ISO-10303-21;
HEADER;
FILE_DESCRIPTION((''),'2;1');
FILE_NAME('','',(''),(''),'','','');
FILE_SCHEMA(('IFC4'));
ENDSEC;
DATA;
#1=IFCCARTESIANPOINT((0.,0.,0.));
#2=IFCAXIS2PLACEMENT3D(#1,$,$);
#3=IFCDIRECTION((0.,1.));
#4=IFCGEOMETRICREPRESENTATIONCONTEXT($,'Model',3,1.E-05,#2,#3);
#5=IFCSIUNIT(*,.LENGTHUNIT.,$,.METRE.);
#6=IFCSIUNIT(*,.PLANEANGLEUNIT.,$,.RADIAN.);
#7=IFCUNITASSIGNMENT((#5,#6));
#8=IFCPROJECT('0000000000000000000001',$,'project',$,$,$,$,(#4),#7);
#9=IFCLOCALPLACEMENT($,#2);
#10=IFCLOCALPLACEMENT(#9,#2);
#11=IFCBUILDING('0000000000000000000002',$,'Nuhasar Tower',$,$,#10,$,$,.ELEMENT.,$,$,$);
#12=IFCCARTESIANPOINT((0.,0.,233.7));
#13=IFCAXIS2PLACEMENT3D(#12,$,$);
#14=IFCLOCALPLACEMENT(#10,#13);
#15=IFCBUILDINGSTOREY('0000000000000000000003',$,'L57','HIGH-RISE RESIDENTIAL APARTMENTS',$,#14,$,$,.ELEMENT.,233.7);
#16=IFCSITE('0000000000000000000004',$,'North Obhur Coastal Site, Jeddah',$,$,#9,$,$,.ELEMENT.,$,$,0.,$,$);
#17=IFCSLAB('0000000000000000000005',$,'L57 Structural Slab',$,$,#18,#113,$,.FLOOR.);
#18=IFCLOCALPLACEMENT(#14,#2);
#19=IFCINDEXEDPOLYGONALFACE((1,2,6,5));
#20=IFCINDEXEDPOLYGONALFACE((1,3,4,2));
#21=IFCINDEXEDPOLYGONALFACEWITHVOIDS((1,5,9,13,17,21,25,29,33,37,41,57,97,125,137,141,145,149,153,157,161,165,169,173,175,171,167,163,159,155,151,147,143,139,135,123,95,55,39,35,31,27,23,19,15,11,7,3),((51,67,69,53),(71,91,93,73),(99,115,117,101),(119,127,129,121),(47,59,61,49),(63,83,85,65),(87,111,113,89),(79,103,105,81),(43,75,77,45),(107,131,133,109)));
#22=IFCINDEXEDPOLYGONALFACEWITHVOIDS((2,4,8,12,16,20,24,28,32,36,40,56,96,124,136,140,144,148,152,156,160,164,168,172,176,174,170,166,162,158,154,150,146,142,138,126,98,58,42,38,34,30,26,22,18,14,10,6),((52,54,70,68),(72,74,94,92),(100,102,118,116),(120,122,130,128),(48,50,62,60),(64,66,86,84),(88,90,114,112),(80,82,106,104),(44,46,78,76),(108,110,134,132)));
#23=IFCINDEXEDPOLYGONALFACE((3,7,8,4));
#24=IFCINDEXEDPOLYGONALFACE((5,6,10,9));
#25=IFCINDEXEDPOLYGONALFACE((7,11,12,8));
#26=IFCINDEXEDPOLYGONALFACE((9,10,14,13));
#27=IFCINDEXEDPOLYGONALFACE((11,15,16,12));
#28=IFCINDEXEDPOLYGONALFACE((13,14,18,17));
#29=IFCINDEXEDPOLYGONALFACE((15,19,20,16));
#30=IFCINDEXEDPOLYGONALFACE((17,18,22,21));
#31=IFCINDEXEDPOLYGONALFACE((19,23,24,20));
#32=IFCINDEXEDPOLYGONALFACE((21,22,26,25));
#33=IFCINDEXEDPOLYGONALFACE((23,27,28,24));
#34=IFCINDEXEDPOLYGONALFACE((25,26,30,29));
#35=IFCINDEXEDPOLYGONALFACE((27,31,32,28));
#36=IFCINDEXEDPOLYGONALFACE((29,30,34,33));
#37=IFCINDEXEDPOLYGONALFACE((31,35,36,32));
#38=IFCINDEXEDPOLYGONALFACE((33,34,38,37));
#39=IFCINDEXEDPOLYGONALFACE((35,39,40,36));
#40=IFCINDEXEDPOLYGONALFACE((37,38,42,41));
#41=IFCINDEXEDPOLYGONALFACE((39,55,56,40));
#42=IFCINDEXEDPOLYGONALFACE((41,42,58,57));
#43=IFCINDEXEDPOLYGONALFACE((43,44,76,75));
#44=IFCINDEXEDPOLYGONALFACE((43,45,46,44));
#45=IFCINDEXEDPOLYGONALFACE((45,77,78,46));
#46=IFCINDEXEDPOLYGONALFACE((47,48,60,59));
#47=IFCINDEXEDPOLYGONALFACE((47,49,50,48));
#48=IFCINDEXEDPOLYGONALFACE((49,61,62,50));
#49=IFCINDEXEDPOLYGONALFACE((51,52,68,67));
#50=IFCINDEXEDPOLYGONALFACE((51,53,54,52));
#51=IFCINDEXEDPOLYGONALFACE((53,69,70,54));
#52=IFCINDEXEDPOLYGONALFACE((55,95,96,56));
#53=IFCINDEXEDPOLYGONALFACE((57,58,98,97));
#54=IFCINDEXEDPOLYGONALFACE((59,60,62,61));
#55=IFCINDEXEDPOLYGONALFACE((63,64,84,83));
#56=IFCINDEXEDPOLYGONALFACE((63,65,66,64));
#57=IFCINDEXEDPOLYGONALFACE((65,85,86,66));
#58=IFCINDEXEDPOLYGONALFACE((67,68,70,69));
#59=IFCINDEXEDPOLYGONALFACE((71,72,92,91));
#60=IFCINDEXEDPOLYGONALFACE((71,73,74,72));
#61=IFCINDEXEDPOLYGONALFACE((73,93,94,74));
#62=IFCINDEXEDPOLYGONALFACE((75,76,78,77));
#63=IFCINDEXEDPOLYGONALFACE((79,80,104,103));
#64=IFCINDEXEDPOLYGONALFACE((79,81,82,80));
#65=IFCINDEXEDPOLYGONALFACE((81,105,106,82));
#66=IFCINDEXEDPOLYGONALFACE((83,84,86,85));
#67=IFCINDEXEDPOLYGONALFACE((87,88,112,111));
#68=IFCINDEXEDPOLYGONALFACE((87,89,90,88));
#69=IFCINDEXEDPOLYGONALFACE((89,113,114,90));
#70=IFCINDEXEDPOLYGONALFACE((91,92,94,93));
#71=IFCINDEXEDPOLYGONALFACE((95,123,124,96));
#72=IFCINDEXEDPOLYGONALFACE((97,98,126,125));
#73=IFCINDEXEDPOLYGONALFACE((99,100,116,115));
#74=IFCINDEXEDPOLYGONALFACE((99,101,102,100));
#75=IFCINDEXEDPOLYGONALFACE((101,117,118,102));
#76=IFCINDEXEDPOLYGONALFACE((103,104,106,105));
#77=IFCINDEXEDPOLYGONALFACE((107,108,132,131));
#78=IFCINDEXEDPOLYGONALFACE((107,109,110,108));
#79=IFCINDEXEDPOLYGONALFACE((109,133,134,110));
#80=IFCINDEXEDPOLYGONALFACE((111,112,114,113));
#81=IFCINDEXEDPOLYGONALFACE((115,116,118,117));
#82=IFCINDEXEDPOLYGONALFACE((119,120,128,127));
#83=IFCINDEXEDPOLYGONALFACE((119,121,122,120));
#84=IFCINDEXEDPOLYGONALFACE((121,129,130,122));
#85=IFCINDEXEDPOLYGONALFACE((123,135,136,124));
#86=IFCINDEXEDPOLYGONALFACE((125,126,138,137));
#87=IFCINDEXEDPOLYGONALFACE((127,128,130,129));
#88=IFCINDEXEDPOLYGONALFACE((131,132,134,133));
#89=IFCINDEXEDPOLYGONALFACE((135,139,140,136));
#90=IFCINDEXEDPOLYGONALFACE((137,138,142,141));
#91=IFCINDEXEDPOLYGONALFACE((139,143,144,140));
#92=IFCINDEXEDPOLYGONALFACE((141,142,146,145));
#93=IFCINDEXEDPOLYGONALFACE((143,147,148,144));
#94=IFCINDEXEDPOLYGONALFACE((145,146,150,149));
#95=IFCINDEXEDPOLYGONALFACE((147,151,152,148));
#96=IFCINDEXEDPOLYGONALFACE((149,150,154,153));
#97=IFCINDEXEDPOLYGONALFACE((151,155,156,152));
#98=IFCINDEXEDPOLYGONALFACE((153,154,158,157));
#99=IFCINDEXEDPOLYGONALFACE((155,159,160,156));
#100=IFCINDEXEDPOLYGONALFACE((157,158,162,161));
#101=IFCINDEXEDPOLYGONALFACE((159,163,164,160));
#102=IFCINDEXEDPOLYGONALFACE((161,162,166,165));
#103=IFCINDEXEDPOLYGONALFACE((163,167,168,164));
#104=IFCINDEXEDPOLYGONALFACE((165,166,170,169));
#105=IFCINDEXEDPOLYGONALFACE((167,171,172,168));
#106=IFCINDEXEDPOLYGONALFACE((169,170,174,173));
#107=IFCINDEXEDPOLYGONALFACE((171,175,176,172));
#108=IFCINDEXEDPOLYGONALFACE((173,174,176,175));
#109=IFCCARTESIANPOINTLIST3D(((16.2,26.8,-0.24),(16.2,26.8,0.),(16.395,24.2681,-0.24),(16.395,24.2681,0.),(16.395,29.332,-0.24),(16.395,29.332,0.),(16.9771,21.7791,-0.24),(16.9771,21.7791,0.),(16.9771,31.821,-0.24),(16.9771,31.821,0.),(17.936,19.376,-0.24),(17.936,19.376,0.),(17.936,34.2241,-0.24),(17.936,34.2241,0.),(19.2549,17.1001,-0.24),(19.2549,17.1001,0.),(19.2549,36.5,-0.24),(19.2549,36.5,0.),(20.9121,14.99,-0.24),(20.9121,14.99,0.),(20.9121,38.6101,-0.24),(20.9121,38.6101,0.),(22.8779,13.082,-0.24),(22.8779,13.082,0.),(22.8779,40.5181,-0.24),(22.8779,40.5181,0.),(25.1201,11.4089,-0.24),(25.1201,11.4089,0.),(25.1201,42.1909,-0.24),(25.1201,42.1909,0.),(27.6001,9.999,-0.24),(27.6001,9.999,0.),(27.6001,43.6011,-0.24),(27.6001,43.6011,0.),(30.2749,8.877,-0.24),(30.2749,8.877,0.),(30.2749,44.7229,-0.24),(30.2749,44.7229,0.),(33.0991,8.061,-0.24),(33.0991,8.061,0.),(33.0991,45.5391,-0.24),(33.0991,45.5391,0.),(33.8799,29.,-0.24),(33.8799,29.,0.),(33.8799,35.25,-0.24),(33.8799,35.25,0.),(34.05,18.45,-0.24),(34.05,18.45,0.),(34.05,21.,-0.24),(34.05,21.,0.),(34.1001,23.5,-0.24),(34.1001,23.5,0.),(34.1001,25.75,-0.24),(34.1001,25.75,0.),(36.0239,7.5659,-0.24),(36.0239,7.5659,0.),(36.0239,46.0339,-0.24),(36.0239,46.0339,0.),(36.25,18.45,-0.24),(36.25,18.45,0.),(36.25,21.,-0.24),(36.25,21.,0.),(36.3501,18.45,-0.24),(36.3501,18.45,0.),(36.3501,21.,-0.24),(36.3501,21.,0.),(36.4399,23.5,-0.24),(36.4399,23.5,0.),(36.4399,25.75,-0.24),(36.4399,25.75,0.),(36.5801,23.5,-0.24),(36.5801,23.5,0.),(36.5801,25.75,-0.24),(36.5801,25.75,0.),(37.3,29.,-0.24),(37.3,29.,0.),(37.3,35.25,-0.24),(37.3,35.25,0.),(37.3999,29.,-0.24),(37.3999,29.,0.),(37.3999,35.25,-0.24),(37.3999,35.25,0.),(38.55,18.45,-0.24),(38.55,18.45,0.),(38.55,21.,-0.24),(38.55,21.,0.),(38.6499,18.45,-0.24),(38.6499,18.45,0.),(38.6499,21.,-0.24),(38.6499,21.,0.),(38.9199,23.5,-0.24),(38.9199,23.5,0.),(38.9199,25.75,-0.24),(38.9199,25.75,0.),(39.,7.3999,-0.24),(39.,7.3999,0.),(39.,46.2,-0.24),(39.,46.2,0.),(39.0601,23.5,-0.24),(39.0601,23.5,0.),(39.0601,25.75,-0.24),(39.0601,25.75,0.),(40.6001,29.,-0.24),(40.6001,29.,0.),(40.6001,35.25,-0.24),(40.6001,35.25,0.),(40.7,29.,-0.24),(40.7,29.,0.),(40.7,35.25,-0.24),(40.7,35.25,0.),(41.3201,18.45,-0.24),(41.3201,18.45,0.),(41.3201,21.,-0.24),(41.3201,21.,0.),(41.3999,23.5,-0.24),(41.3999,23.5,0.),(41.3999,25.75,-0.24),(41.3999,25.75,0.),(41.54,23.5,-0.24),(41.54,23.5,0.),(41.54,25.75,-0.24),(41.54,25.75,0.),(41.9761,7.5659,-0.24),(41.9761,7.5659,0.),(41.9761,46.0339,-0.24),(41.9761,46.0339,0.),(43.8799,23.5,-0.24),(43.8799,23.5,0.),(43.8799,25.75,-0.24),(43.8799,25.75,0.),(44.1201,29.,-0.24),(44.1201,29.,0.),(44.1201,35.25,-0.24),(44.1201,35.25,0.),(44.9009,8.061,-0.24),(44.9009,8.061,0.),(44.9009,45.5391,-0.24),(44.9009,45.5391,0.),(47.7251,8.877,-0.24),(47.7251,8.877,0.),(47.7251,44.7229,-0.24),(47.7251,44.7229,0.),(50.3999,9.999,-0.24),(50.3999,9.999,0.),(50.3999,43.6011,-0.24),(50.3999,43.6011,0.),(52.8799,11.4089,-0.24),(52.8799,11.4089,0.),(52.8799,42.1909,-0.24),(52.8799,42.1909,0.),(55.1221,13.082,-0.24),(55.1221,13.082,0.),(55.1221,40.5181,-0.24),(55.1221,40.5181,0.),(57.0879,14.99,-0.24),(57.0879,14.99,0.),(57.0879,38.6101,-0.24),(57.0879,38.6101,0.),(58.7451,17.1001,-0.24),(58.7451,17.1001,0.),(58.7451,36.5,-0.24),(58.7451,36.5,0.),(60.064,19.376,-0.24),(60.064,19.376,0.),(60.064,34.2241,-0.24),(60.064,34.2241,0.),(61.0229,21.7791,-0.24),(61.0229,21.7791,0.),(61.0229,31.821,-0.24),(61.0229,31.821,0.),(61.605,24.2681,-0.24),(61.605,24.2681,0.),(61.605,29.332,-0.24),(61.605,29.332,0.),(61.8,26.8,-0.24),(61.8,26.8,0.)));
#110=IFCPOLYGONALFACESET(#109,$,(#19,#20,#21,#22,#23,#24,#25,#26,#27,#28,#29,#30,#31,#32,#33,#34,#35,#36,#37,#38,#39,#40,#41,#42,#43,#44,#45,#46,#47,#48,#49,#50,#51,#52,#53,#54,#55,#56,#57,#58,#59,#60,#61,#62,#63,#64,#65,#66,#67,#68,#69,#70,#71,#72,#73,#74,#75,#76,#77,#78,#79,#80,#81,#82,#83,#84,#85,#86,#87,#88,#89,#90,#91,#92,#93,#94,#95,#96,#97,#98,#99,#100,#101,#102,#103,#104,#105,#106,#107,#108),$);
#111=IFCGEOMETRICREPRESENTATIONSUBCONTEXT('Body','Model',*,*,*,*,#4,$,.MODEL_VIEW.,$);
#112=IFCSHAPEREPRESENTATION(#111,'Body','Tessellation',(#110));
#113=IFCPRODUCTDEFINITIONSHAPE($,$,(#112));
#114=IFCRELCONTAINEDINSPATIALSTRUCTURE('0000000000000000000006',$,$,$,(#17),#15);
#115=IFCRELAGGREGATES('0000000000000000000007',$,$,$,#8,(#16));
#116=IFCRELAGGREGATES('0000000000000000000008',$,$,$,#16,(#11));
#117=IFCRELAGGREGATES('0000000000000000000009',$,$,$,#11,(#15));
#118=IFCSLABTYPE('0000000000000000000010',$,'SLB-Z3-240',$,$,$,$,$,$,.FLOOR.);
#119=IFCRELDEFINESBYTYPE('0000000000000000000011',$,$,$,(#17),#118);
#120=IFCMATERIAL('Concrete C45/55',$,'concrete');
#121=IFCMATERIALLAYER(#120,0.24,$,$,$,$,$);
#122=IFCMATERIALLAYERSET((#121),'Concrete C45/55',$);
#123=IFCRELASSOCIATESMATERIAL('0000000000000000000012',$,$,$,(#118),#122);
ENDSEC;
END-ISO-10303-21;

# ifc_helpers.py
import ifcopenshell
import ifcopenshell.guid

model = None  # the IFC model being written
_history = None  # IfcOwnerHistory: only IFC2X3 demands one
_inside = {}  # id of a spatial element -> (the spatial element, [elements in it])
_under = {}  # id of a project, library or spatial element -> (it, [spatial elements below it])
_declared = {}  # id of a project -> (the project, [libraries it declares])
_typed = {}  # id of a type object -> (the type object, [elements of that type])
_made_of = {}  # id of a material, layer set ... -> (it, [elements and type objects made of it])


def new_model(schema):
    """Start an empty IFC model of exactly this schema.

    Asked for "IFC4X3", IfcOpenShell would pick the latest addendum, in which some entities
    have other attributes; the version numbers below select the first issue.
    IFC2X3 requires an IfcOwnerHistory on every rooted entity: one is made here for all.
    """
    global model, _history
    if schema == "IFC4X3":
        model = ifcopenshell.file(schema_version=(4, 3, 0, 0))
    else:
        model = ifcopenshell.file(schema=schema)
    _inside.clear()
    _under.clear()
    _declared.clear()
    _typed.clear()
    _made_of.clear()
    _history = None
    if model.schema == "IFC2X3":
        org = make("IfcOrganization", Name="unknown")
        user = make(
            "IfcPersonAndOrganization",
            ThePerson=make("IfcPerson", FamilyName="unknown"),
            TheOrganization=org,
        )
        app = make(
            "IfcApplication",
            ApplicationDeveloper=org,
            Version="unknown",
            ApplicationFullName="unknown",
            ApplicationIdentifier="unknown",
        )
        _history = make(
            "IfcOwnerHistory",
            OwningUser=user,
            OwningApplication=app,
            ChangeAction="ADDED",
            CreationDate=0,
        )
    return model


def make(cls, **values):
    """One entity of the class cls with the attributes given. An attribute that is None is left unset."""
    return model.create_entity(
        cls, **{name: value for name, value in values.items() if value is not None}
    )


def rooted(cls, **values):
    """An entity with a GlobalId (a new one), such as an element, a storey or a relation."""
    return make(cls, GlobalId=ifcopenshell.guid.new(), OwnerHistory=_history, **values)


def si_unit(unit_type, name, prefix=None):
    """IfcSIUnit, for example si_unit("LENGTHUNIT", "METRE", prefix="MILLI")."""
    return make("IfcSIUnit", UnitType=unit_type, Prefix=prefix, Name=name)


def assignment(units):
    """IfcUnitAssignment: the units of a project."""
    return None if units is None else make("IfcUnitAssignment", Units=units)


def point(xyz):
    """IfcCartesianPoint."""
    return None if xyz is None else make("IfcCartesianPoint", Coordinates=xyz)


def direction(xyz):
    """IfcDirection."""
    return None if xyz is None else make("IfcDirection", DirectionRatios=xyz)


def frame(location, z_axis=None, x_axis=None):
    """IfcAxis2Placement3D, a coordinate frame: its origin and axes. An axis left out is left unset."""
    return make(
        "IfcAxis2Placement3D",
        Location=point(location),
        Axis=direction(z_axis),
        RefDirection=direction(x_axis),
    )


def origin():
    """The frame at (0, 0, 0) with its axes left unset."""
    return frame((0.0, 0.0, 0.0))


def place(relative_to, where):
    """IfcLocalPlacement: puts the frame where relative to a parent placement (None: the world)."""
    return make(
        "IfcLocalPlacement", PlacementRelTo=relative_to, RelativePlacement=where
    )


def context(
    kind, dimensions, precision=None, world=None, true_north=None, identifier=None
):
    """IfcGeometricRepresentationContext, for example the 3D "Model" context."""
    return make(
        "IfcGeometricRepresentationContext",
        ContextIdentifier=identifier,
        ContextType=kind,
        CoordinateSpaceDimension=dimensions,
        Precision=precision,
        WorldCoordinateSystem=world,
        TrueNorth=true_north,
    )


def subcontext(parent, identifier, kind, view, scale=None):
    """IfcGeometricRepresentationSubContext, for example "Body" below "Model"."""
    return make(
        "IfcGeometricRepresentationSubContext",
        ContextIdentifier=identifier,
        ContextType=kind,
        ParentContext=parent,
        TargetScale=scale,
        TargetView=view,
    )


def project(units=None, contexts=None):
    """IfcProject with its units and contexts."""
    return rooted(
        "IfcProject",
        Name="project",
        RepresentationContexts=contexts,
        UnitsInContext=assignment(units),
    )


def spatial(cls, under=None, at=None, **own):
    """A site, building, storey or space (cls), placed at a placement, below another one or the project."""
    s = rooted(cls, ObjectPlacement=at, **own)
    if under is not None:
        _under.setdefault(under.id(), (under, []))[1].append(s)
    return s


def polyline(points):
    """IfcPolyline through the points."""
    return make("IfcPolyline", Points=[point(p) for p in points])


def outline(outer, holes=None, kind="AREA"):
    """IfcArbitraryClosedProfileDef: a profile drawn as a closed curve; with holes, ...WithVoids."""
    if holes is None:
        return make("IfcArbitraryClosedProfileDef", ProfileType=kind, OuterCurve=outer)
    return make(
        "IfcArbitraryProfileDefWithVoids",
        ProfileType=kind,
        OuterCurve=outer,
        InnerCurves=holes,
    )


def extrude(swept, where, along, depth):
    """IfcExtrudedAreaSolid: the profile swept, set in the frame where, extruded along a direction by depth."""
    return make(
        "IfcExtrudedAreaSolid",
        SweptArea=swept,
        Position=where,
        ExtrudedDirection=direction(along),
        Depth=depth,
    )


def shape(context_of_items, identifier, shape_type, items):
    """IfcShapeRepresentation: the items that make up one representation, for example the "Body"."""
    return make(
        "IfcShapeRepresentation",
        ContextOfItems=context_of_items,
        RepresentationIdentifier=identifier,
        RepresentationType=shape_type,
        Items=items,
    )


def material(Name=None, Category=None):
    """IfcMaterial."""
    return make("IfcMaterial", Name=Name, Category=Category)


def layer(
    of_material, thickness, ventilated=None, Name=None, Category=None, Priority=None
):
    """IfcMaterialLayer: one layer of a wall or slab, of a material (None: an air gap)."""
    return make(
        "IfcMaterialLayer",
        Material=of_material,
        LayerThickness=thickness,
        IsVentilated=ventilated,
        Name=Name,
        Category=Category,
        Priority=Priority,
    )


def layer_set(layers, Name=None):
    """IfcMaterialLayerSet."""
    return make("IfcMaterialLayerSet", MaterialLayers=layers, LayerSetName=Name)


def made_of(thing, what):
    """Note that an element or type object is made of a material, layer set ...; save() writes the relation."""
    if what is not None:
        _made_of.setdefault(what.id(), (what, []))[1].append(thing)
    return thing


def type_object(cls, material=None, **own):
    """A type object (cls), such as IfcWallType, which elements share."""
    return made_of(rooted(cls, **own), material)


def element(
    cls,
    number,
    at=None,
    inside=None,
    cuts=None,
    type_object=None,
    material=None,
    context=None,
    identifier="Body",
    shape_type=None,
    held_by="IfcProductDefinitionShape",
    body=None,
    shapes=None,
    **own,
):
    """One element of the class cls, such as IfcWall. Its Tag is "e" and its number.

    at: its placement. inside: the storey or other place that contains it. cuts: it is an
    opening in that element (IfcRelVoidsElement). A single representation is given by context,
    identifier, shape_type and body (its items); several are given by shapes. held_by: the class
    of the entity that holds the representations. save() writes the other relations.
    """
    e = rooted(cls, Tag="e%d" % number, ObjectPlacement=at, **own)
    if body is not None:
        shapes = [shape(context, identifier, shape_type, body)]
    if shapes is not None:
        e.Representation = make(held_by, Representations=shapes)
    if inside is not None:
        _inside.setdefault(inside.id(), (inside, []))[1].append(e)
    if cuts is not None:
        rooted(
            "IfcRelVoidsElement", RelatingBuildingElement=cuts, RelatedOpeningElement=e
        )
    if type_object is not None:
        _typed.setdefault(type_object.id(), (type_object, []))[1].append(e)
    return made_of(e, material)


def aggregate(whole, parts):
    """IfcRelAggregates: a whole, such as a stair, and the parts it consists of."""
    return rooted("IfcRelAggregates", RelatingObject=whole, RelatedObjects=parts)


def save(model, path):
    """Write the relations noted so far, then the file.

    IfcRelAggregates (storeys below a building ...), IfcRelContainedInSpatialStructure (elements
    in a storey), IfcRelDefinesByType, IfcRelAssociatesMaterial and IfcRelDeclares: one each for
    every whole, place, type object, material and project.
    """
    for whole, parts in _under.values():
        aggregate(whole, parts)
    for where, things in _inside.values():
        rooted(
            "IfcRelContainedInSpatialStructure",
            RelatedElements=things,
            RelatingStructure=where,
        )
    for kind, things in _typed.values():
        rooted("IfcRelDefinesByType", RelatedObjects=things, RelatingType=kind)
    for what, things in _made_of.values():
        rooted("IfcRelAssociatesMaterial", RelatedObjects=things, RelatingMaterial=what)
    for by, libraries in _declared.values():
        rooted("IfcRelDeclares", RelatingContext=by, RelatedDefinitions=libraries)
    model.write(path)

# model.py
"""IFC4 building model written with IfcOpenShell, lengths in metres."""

from ifc_helpers import new_model, si_unit, direction, frame, origin, place, context, subcontext, project, spatial, polyline, outline, extrude, material, layer, layer_set, type_object, element, save


model = new_model("IFC4")

# Units and contexts
model_context = context("Model", 3, precision=1e-05, world=origin(), true_north=direction((0.0, 1.0)))
body_context = subcontext(model_context, "Body", "Model", "MODEL_VIEW")
ifc_project = project(units=[si_unit("LENGTHUNIT", "METRE"), si_unit("PLANEANGLEUNIT", "RADIAN")], contexts=[model_context])

# Site, building, storey
site_placement = place(None, origin())
site = spatial("IfcSite", under=ifc_project, at=site_placement, Name="North Obhur Coastal Site, Jeddah", CompositionType="ELEMENT", RefElevation=0.0)
building_placement = place(site_placement, origin())
building = spatial("IfcBuilding", under=site, at=building_placement, Name="Nuhasar Tower", CompositionType="ELEMENT")
storey_placement = place(building_placement, frame((0.0, 0.0, 233.7)))
storey = spatial("IfcBuildingStorey", under=building, at=storey_placement, Name="L57", Description="HIGH-RISE RESIDENTIAL APARTMENTS", CompositionType="ELEMENT", Elevation=233.7)

# Shared definitions
ifc_material_1 = material(Name="Concrete C45/55", Category="concrete")

# Slab
ifc_layer_1 = layer(ifc_material_1, 0.24)
ifc_layer_set_1 = layer_set([ifc_layer_1], Name="Concrete C45/55")
slab_type_1 = type_object("IfcSlabType", Name="SLB-Z3-240", PredefinedType="FLOOR", material=ifc_layer_set_1)
slab_1_placement = place(storey_placement, frame((0.0, 0.0, -0.24)))
element("IfcSlab", 1, at=slab_1_placement, inside=storey, type_object=slab_type_1, Name="L57 Structural Slab", PredefinedType="FLOOR", context=body_context, shape_type="SweptSolid", body=[
    extrude(outline(polyline([(61.8, 26.8), (61.605, 29.332), (61.0229, 31.821), (60.064, 34.2241), (58.7451, 36.5), (57.0879, 38.6101), (55.1221, 40.5181), (52.8799, 42.1909), (50.3999, 43.6011), (47.7251, 44.7229), (44.9009, 45.5391), (41.9761, 46.0339), (39.0, 46.2), (36.0239, 46.0339), (33.0991, 45.5391), (30.2749, 44.7229), (27.6001, 43.6011), (25.1201, 42.1909), (22.8779, 40.5181), (20.9121, 38.6101), (19.2549, 36.5), (17.936, 34.2241), (16.9771, 31.821), (16.395, 29.332), (16.2, 26.8), (16.395, 24.2681), (16.9771, 21.7791), (17.936, 19.376), (19.2549, 17.1001), (20.9121, 14.99), (22.8779, 13.082), (25.1201, 11.4089), (27.6001, 9.999), (30.2749, 8.877), (33.0991, 8.061), (36.0239, 7.5659), (39.0, 7.3999), (41.9761, 7.5659), (44.9009, 8.061), (47.7251, 8.877), (50.3999, 9.999), (52.8799, 11.4089), (55.1221, 13.082), (57.0879, 14.99), (58.7451, 17.1001), (60.064, 19.376), (61.0229, 21.7791), (61.605, 24.2681), (61.8, 26.8)]), holes=[polyline([(33.8799, 35.25), (37.3, 35.25), (37.3, 29.0), (33.8799, 29.0), (33.8799, 35.25)]), polyline([(37.3999, 35.25), (40.6001, 35.25), (40.6001, 29.0), (37.3999, 29.0), (37.3999, 35.25)]), polyline([(40.7, 35.25), (44.1201, 35.25), (44.1201, 29.0), (40.7, 29.0), (40.7, 35.25)]), polyline([(34.1001, 25.75), (36.4399, 25.75), (36.4399, 23.5), (34.1001, 23.5), (34.1001, 25.75)]), polyline([(36.5801, 25.75), (38.9199, 25.75), (38.9199, 23.5), (36.5801, 23.5), (36.5801, 25.75)]), polyline([(39.0601, 25.75), (41.3999, 25.75), (41.3999, 23.5), (39.0601, 23.5), (39.0601, 25.75)]), polyline([(41.54, 25.75), (43.8799, 25.75), (43.8799, 23.5), (41.54, 23.5), (41.54, 25.75)]), polyline([(34.05, 21.0), (36.25, 21.0), (36.25, 18.45), (34.05, 18.45), (34.05, 21.0)]), polyline([(36.3501, 21.0), (38.55, 21.0), (38.55, 18.45), (36.3501, 18.45), (36.3501, 21.0)]), polyline([(38.6499, 21.0), (41.3201, 21.0), (41.3201, 18.45), (38.6499, 18.45), (38.6499, 21.0)])]), origin(), (0.0, 0.0, 1.0), 0.24),
])

save(model, "model.ifc")
